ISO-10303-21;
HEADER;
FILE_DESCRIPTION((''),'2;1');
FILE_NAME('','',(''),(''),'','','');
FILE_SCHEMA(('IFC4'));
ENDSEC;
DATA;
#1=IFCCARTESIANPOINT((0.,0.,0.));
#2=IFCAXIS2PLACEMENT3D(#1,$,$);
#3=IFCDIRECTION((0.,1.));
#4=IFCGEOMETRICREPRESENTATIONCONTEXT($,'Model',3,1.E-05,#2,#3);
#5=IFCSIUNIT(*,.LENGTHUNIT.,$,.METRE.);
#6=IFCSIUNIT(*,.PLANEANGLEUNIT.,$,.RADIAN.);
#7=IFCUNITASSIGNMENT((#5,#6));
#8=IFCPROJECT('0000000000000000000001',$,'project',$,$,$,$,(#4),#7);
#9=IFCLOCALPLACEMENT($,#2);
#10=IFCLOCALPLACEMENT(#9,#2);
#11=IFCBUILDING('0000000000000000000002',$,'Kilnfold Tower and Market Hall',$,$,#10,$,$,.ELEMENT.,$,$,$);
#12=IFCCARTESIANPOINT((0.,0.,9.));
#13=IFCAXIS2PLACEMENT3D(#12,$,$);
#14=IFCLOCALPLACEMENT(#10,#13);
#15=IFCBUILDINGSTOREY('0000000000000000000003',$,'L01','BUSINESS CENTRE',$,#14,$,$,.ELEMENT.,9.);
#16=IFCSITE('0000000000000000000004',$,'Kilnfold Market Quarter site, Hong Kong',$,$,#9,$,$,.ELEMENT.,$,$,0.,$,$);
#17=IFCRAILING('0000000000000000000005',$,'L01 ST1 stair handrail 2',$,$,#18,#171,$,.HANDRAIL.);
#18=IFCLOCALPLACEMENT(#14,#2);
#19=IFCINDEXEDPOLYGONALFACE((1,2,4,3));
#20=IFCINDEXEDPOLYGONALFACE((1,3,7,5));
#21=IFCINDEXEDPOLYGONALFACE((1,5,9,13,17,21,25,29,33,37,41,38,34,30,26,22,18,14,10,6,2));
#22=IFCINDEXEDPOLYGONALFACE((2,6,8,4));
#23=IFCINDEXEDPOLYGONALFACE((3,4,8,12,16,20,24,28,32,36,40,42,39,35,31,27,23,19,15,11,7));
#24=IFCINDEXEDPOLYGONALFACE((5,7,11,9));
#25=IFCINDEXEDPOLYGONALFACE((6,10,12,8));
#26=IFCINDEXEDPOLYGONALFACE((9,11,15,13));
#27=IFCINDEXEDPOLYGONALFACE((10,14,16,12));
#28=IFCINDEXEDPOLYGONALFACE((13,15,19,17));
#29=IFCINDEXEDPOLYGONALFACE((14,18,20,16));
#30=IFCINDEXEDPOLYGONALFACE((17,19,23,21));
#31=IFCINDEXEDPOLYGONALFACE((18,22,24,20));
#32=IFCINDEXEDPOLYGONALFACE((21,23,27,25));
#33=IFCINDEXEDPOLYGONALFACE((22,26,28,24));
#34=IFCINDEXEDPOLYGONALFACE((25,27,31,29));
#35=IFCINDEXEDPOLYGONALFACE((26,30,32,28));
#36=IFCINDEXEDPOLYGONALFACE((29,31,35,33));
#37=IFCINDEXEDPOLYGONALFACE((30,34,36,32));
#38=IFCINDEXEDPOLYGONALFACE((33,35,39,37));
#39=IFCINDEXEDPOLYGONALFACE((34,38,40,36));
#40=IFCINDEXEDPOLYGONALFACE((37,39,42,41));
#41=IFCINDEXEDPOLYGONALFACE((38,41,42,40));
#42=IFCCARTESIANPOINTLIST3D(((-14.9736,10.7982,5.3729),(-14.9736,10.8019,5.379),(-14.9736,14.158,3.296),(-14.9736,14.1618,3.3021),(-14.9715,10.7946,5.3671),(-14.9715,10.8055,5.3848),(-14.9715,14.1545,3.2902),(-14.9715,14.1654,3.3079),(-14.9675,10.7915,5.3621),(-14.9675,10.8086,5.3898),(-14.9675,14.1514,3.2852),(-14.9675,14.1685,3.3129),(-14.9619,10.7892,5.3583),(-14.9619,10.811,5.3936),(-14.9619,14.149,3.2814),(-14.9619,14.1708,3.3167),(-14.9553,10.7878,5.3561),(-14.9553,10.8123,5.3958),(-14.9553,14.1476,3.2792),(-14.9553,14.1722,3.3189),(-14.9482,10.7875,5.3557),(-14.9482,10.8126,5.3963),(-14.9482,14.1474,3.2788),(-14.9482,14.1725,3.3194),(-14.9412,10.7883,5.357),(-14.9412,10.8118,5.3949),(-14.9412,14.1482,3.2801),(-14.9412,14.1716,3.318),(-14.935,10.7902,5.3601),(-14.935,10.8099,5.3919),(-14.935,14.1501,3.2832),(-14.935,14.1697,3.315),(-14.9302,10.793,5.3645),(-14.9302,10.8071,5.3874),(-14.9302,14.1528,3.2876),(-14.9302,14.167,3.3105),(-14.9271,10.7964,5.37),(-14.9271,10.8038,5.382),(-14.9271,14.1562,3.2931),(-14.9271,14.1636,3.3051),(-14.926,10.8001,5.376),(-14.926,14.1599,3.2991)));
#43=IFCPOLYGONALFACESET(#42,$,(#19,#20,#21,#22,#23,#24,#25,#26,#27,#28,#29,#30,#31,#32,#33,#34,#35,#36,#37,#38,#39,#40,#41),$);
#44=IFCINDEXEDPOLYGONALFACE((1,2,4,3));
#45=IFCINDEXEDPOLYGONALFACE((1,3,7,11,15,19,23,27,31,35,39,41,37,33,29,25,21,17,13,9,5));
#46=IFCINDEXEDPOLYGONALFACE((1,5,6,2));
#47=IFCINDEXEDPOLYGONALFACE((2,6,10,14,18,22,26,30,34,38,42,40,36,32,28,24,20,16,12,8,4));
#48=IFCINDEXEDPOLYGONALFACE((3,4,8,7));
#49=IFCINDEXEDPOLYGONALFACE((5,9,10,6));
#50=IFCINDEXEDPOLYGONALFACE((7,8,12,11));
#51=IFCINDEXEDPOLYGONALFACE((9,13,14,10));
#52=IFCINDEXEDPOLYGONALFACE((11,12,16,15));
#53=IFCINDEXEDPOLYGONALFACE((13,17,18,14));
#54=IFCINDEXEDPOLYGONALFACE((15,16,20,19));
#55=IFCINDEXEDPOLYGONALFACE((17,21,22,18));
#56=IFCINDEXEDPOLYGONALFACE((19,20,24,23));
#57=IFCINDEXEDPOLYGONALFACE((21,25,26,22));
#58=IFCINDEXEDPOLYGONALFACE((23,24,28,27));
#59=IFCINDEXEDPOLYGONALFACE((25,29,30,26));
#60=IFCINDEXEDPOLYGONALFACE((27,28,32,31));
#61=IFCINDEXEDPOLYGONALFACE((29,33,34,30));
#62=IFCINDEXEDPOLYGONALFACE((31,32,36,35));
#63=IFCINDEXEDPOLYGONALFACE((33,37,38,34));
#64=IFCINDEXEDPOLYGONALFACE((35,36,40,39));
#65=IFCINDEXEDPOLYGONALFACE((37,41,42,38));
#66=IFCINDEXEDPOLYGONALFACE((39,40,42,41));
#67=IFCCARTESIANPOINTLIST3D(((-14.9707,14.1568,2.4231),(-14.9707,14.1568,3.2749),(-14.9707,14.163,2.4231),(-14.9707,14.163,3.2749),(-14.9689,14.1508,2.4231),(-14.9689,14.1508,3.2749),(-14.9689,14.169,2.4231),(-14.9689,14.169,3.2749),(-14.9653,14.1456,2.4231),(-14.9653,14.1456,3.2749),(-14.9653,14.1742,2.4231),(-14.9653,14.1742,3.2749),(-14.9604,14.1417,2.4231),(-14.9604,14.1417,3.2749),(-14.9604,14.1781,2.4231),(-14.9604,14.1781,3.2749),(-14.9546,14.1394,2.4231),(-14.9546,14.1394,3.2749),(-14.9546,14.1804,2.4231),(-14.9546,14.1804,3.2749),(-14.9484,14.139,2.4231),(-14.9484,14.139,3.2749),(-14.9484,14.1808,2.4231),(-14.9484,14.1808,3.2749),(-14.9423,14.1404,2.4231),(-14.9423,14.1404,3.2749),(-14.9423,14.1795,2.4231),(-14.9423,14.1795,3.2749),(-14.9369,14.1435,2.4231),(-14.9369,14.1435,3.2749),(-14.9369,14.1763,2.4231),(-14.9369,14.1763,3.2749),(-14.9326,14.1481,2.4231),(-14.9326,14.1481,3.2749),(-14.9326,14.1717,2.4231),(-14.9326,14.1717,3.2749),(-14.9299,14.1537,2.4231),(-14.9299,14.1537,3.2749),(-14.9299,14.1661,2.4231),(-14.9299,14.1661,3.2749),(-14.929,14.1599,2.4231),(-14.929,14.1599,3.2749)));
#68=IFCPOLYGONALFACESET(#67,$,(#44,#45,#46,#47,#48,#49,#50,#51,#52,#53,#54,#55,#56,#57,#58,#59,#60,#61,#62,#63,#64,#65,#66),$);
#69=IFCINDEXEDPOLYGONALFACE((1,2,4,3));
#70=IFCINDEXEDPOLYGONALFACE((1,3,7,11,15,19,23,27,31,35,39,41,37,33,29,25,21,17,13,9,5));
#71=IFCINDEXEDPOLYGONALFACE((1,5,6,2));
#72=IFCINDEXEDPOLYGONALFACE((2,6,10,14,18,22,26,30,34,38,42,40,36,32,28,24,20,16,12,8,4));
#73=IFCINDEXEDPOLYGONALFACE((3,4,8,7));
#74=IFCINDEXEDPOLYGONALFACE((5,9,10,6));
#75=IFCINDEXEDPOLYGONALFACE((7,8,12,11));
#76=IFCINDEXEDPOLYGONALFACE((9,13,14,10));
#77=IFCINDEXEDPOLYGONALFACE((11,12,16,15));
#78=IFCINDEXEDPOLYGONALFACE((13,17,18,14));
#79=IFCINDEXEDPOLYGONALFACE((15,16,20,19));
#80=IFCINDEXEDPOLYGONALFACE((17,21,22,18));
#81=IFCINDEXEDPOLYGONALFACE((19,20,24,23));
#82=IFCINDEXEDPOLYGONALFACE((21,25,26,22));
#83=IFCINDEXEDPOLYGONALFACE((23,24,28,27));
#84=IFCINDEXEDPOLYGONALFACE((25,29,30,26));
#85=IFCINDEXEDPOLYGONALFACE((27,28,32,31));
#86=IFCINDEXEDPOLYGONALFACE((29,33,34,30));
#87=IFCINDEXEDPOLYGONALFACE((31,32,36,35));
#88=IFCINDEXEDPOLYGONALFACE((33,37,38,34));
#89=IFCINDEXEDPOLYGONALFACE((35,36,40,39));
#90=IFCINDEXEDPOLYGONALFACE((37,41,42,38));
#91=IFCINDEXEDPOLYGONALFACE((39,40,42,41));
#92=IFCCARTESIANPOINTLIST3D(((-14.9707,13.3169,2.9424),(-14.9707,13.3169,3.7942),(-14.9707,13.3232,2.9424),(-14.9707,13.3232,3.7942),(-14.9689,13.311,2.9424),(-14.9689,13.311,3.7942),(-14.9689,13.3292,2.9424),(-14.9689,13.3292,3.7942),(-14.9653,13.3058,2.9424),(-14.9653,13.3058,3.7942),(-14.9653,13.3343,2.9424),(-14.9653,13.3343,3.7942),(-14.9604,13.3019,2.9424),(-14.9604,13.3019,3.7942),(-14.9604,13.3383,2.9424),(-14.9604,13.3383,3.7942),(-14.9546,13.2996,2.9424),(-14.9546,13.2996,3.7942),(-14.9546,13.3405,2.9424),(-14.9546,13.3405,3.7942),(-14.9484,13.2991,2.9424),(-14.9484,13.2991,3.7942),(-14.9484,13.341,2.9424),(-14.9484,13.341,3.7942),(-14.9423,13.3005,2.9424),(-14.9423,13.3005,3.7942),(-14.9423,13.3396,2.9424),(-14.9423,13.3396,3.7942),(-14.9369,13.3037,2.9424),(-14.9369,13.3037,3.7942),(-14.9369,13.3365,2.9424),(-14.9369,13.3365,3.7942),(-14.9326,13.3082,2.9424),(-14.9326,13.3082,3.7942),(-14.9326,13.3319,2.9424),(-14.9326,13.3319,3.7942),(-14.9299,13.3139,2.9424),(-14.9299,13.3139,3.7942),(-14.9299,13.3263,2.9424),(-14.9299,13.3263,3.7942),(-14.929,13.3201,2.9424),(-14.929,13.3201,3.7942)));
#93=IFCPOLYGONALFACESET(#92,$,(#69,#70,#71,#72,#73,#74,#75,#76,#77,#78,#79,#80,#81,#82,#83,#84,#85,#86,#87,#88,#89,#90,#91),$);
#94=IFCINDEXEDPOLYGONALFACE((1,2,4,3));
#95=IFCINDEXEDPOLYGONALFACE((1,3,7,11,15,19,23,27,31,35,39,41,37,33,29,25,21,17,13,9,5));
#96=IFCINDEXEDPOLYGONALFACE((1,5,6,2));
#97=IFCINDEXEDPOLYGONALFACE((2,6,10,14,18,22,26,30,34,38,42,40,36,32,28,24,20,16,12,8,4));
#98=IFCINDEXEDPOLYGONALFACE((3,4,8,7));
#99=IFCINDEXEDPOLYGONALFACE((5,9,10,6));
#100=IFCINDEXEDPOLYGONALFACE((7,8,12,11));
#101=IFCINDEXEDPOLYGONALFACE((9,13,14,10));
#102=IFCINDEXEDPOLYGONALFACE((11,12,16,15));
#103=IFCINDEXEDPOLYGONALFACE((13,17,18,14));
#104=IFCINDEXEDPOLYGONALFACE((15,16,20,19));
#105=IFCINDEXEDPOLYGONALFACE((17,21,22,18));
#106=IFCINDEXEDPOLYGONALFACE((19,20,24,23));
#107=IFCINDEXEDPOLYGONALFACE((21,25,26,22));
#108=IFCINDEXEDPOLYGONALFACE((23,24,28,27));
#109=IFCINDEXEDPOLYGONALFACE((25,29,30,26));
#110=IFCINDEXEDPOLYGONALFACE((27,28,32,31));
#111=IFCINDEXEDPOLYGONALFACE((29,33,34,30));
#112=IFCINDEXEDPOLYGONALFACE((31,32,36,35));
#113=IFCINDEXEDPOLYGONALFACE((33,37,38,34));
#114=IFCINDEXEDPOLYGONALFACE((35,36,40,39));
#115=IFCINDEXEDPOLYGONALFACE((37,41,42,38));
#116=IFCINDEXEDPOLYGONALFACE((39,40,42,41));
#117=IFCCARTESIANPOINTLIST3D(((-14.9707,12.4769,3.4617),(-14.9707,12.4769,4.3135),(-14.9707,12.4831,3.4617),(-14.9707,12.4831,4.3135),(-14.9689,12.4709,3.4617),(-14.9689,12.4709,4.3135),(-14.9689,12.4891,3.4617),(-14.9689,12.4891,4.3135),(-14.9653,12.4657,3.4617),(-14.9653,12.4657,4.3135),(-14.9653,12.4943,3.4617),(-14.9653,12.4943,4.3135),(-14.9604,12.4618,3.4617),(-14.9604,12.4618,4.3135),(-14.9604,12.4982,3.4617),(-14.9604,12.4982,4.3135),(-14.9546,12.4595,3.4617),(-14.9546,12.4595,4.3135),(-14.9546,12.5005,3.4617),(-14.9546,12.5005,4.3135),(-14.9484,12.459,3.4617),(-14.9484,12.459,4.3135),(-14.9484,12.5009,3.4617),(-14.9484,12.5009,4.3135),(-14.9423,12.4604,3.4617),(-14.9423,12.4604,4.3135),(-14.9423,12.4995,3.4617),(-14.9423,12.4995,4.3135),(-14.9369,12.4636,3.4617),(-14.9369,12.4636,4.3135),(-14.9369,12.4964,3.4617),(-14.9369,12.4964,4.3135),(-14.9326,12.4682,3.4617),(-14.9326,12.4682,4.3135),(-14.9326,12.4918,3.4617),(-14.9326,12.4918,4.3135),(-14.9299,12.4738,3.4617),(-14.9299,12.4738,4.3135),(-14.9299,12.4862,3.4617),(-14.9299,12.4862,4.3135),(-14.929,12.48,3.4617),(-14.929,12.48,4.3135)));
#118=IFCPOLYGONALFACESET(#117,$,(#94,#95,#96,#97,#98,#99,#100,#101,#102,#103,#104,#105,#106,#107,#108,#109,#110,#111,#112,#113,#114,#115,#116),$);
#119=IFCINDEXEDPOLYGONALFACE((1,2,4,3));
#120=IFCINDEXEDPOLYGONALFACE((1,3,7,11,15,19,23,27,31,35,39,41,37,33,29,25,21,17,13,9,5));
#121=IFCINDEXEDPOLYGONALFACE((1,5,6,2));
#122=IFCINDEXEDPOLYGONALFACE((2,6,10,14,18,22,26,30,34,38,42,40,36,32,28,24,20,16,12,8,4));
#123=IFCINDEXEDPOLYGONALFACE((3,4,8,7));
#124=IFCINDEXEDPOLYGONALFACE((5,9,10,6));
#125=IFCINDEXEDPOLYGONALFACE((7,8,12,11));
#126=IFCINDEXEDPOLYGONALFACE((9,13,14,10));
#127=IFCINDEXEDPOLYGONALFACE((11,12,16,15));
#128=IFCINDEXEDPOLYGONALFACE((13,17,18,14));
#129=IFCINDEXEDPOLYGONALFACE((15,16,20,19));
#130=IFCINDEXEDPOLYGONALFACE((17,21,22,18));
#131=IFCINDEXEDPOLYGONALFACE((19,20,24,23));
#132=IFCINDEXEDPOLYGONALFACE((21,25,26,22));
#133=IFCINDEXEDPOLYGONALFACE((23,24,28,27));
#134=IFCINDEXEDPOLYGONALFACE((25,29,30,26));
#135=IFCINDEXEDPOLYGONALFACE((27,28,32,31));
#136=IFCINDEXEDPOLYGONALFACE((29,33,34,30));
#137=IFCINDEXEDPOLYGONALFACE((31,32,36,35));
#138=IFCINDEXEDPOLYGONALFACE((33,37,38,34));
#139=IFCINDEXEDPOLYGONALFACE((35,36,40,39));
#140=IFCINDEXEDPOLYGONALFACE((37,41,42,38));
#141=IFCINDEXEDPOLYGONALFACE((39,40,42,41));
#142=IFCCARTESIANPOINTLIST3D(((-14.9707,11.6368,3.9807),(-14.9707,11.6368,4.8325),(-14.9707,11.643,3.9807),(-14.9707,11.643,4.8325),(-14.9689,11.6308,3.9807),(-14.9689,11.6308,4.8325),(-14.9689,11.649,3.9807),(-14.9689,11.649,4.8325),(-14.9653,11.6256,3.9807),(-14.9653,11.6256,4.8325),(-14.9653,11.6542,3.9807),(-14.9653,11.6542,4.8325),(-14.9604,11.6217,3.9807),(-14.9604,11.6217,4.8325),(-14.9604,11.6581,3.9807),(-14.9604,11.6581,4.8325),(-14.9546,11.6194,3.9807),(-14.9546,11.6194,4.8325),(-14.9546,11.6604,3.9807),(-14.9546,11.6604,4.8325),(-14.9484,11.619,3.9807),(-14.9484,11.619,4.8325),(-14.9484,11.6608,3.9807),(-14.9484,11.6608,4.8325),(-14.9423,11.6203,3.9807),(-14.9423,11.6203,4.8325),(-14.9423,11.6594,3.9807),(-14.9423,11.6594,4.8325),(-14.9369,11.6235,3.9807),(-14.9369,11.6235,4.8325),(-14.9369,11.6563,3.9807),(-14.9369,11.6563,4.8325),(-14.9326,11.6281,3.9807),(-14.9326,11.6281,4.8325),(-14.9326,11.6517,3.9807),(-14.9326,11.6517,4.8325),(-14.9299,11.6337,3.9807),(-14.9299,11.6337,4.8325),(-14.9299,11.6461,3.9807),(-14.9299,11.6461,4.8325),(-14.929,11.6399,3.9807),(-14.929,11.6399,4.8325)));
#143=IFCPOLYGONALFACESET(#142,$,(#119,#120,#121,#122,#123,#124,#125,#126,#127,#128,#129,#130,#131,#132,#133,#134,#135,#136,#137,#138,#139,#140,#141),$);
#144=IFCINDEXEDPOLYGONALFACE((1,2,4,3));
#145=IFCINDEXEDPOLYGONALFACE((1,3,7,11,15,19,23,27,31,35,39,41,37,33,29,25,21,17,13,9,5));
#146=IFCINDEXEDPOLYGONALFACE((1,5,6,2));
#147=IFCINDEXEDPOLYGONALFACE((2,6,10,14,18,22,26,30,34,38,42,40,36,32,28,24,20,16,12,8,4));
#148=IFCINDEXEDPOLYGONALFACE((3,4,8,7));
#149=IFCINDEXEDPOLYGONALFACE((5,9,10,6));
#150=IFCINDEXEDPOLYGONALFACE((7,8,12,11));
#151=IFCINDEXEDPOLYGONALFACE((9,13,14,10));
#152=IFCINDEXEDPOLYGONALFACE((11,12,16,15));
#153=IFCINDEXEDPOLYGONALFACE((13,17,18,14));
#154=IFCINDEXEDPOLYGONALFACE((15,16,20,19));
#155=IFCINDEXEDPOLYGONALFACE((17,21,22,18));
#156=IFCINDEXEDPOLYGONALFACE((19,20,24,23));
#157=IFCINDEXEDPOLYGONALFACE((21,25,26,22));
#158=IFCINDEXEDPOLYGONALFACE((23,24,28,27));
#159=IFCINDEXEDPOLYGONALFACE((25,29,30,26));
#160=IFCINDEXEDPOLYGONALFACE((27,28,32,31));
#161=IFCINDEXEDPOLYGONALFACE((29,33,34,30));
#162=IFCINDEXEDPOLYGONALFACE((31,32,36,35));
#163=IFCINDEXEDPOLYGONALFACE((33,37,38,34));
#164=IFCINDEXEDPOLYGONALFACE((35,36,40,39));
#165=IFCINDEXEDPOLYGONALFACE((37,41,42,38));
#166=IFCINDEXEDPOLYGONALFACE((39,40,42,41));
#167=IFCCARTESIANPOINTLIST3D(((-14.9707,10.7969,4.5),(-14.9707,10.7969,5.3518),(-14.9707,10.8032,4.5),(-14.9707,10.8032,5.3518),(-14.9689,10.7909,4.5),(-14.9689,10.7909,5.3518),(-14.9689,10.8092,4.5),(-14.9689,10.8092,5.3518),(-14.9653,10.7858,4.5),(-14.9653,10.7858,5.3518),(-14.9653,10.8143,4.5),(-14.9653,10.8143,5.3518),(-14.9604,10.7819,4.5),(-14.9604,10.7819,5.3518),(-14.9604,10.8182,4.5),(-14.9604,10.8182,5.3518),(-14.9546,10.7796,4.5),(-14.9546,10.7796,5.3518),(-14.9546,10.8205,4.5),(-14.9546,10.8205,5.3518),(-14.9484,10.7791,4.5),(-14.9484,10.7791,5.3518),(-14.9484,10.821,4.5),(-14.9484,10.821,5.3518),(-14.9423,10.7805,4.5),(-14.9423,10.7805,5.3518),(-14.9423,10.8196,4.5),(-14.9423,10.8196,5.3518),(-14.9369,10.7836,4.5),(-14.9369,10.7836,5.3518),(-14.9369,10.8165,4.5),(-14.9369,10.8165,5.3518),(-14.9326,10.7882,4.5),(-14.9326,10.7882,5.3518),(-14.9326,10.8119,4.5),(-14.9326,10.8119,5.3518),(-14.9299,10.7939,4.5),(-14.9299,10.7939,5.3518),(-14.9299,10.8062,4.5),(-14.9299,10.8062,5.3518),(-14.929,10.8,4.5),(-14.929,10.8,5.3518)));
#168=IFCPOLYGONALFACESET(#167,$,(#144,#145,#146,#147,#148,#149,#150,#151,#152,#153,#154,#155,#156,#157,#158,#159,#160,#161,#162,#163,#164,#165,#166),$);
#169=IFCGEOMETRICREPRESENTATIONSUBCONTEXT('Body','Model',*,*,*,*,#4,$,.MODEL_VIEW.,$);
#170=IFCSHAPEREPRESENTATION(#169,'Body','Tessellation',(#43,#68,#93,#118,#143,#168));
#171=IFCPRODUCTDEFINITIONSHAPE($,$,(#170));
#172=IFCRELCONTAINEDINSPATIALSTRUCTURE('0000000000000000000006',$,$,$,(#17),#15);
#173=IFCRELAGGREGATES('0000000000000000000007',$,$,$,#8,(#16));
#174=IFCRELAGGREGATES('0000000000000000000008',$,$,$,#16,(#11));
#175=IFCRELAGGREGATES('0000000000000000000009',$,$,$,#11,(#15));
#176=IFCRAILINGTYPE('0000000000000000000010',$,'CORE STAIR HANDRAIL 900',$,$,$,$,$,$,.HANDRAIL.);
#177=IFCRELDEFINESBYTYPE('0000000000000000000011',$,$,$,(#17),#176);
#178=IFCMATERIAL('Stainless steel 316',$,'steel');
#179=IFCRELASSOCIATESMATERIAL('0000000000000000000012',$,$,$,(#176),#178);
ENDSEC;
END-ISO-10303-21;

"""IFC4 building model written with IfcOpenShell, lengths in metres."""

from ifc_helpers import new_model, si_unit, direction, frame, origin, origin_2d, place, context, subcontext, project, spatial, circle, extrude, material, type_object, element, save


model = new_model("IFC4")

# Units and contexts
model_context = context("Model", 3, precision=1e-05, world=origin(), true_north=direction((0.0, 1.0)))
body_context = subcontext(model_context, "Body", "Model", "MODEL_VIEW")
ifc_project = project(units=[si_unit("LENGTHUNIT", "METRE"), si_unit("PLANEANGLEUNIT", "RADIAN")], contexts=[model_context])

# Site, building, storey
site_placement = place(None, origin())
site = spatial("IfcSite", under=ifc_project, at=site_placement, Name="Kilnfold Market Quarter site, Hong Kong", CompositionType="ELEMENT", RefElevation=0.0)
building_placement = place(site_placement, origin())
building = spatial("IfcBuilding", under=site, at=building_placement, Name="Kilnfold Tower and Market Hall", CompositionType="ELEMENT")
storey_placement = place(building_placement, frame((0.0, 0.0, 9.0)))
storey = spatial("IfcBuildingStorey", under=building, at=storey_placement, Name="L01", Description="BUSINESS CENTRE", CompositionType="ELEMENT", Elevation=9.0)

# Railing
ifc_material_1 = material(Name="Stainless steel 316", Category="steel")
railing_type_1 = type_object("IfcRailingType", Name="CORE STAIR HANDRAIL 900", PredefinedType="HANDRAIL", material=ifc_material_1)
railing_1_placement = place(storey_placement, frame((-14.95, 14.1599, 2.4231)))
element("IfcRailing", 1, at=railing_1_placement, inside=storey, type_object=railing_type_1, Name="L01 ST1 stair handrail 2", PredefinedType="HANDRAIL", context=body_context, shape_type="SweptSolid", body=[
    extrude(circle(Radius=0.0239, at=origin_2d()), frame((0.0, 0.0, 0.876), z_axis=(0.0, -0.850606, 0.525803), x_axis=(1.0, 0.0, 0.0)), (0.0, 0.0, 1.0), 3.95),
    extrude(circle(Radius=0.021, at=origin_2d()), origin(), (0.0, 0.0, 1.0), 0.8518),
    extrude(circle(Radius=0.021, at=origin_2d()), frame((0.0, -0.8398, 0.5193)), (0.0, 0.0, 1.0), 0.8518),
    extrude(circle(Radius=0.021, at=origin_2d()), frame((0.0, -1.6799, 1.0386)), (0.0, 0.0, 1.0), 0.8518),
    extrude(circle(Radius=0.021, at=origin_2d()), frame((0.0, -2.52, 1.5576)), (0.0, 0.0, 1.0), 0.8518),
    extrude(circle(Radius=0.021, at=origin_2d()), frame((0.0, -3.3599, 2.0769)), (0.0, 0.0, 1.0), 0.8518),
])

save(model, "model.ifc")
